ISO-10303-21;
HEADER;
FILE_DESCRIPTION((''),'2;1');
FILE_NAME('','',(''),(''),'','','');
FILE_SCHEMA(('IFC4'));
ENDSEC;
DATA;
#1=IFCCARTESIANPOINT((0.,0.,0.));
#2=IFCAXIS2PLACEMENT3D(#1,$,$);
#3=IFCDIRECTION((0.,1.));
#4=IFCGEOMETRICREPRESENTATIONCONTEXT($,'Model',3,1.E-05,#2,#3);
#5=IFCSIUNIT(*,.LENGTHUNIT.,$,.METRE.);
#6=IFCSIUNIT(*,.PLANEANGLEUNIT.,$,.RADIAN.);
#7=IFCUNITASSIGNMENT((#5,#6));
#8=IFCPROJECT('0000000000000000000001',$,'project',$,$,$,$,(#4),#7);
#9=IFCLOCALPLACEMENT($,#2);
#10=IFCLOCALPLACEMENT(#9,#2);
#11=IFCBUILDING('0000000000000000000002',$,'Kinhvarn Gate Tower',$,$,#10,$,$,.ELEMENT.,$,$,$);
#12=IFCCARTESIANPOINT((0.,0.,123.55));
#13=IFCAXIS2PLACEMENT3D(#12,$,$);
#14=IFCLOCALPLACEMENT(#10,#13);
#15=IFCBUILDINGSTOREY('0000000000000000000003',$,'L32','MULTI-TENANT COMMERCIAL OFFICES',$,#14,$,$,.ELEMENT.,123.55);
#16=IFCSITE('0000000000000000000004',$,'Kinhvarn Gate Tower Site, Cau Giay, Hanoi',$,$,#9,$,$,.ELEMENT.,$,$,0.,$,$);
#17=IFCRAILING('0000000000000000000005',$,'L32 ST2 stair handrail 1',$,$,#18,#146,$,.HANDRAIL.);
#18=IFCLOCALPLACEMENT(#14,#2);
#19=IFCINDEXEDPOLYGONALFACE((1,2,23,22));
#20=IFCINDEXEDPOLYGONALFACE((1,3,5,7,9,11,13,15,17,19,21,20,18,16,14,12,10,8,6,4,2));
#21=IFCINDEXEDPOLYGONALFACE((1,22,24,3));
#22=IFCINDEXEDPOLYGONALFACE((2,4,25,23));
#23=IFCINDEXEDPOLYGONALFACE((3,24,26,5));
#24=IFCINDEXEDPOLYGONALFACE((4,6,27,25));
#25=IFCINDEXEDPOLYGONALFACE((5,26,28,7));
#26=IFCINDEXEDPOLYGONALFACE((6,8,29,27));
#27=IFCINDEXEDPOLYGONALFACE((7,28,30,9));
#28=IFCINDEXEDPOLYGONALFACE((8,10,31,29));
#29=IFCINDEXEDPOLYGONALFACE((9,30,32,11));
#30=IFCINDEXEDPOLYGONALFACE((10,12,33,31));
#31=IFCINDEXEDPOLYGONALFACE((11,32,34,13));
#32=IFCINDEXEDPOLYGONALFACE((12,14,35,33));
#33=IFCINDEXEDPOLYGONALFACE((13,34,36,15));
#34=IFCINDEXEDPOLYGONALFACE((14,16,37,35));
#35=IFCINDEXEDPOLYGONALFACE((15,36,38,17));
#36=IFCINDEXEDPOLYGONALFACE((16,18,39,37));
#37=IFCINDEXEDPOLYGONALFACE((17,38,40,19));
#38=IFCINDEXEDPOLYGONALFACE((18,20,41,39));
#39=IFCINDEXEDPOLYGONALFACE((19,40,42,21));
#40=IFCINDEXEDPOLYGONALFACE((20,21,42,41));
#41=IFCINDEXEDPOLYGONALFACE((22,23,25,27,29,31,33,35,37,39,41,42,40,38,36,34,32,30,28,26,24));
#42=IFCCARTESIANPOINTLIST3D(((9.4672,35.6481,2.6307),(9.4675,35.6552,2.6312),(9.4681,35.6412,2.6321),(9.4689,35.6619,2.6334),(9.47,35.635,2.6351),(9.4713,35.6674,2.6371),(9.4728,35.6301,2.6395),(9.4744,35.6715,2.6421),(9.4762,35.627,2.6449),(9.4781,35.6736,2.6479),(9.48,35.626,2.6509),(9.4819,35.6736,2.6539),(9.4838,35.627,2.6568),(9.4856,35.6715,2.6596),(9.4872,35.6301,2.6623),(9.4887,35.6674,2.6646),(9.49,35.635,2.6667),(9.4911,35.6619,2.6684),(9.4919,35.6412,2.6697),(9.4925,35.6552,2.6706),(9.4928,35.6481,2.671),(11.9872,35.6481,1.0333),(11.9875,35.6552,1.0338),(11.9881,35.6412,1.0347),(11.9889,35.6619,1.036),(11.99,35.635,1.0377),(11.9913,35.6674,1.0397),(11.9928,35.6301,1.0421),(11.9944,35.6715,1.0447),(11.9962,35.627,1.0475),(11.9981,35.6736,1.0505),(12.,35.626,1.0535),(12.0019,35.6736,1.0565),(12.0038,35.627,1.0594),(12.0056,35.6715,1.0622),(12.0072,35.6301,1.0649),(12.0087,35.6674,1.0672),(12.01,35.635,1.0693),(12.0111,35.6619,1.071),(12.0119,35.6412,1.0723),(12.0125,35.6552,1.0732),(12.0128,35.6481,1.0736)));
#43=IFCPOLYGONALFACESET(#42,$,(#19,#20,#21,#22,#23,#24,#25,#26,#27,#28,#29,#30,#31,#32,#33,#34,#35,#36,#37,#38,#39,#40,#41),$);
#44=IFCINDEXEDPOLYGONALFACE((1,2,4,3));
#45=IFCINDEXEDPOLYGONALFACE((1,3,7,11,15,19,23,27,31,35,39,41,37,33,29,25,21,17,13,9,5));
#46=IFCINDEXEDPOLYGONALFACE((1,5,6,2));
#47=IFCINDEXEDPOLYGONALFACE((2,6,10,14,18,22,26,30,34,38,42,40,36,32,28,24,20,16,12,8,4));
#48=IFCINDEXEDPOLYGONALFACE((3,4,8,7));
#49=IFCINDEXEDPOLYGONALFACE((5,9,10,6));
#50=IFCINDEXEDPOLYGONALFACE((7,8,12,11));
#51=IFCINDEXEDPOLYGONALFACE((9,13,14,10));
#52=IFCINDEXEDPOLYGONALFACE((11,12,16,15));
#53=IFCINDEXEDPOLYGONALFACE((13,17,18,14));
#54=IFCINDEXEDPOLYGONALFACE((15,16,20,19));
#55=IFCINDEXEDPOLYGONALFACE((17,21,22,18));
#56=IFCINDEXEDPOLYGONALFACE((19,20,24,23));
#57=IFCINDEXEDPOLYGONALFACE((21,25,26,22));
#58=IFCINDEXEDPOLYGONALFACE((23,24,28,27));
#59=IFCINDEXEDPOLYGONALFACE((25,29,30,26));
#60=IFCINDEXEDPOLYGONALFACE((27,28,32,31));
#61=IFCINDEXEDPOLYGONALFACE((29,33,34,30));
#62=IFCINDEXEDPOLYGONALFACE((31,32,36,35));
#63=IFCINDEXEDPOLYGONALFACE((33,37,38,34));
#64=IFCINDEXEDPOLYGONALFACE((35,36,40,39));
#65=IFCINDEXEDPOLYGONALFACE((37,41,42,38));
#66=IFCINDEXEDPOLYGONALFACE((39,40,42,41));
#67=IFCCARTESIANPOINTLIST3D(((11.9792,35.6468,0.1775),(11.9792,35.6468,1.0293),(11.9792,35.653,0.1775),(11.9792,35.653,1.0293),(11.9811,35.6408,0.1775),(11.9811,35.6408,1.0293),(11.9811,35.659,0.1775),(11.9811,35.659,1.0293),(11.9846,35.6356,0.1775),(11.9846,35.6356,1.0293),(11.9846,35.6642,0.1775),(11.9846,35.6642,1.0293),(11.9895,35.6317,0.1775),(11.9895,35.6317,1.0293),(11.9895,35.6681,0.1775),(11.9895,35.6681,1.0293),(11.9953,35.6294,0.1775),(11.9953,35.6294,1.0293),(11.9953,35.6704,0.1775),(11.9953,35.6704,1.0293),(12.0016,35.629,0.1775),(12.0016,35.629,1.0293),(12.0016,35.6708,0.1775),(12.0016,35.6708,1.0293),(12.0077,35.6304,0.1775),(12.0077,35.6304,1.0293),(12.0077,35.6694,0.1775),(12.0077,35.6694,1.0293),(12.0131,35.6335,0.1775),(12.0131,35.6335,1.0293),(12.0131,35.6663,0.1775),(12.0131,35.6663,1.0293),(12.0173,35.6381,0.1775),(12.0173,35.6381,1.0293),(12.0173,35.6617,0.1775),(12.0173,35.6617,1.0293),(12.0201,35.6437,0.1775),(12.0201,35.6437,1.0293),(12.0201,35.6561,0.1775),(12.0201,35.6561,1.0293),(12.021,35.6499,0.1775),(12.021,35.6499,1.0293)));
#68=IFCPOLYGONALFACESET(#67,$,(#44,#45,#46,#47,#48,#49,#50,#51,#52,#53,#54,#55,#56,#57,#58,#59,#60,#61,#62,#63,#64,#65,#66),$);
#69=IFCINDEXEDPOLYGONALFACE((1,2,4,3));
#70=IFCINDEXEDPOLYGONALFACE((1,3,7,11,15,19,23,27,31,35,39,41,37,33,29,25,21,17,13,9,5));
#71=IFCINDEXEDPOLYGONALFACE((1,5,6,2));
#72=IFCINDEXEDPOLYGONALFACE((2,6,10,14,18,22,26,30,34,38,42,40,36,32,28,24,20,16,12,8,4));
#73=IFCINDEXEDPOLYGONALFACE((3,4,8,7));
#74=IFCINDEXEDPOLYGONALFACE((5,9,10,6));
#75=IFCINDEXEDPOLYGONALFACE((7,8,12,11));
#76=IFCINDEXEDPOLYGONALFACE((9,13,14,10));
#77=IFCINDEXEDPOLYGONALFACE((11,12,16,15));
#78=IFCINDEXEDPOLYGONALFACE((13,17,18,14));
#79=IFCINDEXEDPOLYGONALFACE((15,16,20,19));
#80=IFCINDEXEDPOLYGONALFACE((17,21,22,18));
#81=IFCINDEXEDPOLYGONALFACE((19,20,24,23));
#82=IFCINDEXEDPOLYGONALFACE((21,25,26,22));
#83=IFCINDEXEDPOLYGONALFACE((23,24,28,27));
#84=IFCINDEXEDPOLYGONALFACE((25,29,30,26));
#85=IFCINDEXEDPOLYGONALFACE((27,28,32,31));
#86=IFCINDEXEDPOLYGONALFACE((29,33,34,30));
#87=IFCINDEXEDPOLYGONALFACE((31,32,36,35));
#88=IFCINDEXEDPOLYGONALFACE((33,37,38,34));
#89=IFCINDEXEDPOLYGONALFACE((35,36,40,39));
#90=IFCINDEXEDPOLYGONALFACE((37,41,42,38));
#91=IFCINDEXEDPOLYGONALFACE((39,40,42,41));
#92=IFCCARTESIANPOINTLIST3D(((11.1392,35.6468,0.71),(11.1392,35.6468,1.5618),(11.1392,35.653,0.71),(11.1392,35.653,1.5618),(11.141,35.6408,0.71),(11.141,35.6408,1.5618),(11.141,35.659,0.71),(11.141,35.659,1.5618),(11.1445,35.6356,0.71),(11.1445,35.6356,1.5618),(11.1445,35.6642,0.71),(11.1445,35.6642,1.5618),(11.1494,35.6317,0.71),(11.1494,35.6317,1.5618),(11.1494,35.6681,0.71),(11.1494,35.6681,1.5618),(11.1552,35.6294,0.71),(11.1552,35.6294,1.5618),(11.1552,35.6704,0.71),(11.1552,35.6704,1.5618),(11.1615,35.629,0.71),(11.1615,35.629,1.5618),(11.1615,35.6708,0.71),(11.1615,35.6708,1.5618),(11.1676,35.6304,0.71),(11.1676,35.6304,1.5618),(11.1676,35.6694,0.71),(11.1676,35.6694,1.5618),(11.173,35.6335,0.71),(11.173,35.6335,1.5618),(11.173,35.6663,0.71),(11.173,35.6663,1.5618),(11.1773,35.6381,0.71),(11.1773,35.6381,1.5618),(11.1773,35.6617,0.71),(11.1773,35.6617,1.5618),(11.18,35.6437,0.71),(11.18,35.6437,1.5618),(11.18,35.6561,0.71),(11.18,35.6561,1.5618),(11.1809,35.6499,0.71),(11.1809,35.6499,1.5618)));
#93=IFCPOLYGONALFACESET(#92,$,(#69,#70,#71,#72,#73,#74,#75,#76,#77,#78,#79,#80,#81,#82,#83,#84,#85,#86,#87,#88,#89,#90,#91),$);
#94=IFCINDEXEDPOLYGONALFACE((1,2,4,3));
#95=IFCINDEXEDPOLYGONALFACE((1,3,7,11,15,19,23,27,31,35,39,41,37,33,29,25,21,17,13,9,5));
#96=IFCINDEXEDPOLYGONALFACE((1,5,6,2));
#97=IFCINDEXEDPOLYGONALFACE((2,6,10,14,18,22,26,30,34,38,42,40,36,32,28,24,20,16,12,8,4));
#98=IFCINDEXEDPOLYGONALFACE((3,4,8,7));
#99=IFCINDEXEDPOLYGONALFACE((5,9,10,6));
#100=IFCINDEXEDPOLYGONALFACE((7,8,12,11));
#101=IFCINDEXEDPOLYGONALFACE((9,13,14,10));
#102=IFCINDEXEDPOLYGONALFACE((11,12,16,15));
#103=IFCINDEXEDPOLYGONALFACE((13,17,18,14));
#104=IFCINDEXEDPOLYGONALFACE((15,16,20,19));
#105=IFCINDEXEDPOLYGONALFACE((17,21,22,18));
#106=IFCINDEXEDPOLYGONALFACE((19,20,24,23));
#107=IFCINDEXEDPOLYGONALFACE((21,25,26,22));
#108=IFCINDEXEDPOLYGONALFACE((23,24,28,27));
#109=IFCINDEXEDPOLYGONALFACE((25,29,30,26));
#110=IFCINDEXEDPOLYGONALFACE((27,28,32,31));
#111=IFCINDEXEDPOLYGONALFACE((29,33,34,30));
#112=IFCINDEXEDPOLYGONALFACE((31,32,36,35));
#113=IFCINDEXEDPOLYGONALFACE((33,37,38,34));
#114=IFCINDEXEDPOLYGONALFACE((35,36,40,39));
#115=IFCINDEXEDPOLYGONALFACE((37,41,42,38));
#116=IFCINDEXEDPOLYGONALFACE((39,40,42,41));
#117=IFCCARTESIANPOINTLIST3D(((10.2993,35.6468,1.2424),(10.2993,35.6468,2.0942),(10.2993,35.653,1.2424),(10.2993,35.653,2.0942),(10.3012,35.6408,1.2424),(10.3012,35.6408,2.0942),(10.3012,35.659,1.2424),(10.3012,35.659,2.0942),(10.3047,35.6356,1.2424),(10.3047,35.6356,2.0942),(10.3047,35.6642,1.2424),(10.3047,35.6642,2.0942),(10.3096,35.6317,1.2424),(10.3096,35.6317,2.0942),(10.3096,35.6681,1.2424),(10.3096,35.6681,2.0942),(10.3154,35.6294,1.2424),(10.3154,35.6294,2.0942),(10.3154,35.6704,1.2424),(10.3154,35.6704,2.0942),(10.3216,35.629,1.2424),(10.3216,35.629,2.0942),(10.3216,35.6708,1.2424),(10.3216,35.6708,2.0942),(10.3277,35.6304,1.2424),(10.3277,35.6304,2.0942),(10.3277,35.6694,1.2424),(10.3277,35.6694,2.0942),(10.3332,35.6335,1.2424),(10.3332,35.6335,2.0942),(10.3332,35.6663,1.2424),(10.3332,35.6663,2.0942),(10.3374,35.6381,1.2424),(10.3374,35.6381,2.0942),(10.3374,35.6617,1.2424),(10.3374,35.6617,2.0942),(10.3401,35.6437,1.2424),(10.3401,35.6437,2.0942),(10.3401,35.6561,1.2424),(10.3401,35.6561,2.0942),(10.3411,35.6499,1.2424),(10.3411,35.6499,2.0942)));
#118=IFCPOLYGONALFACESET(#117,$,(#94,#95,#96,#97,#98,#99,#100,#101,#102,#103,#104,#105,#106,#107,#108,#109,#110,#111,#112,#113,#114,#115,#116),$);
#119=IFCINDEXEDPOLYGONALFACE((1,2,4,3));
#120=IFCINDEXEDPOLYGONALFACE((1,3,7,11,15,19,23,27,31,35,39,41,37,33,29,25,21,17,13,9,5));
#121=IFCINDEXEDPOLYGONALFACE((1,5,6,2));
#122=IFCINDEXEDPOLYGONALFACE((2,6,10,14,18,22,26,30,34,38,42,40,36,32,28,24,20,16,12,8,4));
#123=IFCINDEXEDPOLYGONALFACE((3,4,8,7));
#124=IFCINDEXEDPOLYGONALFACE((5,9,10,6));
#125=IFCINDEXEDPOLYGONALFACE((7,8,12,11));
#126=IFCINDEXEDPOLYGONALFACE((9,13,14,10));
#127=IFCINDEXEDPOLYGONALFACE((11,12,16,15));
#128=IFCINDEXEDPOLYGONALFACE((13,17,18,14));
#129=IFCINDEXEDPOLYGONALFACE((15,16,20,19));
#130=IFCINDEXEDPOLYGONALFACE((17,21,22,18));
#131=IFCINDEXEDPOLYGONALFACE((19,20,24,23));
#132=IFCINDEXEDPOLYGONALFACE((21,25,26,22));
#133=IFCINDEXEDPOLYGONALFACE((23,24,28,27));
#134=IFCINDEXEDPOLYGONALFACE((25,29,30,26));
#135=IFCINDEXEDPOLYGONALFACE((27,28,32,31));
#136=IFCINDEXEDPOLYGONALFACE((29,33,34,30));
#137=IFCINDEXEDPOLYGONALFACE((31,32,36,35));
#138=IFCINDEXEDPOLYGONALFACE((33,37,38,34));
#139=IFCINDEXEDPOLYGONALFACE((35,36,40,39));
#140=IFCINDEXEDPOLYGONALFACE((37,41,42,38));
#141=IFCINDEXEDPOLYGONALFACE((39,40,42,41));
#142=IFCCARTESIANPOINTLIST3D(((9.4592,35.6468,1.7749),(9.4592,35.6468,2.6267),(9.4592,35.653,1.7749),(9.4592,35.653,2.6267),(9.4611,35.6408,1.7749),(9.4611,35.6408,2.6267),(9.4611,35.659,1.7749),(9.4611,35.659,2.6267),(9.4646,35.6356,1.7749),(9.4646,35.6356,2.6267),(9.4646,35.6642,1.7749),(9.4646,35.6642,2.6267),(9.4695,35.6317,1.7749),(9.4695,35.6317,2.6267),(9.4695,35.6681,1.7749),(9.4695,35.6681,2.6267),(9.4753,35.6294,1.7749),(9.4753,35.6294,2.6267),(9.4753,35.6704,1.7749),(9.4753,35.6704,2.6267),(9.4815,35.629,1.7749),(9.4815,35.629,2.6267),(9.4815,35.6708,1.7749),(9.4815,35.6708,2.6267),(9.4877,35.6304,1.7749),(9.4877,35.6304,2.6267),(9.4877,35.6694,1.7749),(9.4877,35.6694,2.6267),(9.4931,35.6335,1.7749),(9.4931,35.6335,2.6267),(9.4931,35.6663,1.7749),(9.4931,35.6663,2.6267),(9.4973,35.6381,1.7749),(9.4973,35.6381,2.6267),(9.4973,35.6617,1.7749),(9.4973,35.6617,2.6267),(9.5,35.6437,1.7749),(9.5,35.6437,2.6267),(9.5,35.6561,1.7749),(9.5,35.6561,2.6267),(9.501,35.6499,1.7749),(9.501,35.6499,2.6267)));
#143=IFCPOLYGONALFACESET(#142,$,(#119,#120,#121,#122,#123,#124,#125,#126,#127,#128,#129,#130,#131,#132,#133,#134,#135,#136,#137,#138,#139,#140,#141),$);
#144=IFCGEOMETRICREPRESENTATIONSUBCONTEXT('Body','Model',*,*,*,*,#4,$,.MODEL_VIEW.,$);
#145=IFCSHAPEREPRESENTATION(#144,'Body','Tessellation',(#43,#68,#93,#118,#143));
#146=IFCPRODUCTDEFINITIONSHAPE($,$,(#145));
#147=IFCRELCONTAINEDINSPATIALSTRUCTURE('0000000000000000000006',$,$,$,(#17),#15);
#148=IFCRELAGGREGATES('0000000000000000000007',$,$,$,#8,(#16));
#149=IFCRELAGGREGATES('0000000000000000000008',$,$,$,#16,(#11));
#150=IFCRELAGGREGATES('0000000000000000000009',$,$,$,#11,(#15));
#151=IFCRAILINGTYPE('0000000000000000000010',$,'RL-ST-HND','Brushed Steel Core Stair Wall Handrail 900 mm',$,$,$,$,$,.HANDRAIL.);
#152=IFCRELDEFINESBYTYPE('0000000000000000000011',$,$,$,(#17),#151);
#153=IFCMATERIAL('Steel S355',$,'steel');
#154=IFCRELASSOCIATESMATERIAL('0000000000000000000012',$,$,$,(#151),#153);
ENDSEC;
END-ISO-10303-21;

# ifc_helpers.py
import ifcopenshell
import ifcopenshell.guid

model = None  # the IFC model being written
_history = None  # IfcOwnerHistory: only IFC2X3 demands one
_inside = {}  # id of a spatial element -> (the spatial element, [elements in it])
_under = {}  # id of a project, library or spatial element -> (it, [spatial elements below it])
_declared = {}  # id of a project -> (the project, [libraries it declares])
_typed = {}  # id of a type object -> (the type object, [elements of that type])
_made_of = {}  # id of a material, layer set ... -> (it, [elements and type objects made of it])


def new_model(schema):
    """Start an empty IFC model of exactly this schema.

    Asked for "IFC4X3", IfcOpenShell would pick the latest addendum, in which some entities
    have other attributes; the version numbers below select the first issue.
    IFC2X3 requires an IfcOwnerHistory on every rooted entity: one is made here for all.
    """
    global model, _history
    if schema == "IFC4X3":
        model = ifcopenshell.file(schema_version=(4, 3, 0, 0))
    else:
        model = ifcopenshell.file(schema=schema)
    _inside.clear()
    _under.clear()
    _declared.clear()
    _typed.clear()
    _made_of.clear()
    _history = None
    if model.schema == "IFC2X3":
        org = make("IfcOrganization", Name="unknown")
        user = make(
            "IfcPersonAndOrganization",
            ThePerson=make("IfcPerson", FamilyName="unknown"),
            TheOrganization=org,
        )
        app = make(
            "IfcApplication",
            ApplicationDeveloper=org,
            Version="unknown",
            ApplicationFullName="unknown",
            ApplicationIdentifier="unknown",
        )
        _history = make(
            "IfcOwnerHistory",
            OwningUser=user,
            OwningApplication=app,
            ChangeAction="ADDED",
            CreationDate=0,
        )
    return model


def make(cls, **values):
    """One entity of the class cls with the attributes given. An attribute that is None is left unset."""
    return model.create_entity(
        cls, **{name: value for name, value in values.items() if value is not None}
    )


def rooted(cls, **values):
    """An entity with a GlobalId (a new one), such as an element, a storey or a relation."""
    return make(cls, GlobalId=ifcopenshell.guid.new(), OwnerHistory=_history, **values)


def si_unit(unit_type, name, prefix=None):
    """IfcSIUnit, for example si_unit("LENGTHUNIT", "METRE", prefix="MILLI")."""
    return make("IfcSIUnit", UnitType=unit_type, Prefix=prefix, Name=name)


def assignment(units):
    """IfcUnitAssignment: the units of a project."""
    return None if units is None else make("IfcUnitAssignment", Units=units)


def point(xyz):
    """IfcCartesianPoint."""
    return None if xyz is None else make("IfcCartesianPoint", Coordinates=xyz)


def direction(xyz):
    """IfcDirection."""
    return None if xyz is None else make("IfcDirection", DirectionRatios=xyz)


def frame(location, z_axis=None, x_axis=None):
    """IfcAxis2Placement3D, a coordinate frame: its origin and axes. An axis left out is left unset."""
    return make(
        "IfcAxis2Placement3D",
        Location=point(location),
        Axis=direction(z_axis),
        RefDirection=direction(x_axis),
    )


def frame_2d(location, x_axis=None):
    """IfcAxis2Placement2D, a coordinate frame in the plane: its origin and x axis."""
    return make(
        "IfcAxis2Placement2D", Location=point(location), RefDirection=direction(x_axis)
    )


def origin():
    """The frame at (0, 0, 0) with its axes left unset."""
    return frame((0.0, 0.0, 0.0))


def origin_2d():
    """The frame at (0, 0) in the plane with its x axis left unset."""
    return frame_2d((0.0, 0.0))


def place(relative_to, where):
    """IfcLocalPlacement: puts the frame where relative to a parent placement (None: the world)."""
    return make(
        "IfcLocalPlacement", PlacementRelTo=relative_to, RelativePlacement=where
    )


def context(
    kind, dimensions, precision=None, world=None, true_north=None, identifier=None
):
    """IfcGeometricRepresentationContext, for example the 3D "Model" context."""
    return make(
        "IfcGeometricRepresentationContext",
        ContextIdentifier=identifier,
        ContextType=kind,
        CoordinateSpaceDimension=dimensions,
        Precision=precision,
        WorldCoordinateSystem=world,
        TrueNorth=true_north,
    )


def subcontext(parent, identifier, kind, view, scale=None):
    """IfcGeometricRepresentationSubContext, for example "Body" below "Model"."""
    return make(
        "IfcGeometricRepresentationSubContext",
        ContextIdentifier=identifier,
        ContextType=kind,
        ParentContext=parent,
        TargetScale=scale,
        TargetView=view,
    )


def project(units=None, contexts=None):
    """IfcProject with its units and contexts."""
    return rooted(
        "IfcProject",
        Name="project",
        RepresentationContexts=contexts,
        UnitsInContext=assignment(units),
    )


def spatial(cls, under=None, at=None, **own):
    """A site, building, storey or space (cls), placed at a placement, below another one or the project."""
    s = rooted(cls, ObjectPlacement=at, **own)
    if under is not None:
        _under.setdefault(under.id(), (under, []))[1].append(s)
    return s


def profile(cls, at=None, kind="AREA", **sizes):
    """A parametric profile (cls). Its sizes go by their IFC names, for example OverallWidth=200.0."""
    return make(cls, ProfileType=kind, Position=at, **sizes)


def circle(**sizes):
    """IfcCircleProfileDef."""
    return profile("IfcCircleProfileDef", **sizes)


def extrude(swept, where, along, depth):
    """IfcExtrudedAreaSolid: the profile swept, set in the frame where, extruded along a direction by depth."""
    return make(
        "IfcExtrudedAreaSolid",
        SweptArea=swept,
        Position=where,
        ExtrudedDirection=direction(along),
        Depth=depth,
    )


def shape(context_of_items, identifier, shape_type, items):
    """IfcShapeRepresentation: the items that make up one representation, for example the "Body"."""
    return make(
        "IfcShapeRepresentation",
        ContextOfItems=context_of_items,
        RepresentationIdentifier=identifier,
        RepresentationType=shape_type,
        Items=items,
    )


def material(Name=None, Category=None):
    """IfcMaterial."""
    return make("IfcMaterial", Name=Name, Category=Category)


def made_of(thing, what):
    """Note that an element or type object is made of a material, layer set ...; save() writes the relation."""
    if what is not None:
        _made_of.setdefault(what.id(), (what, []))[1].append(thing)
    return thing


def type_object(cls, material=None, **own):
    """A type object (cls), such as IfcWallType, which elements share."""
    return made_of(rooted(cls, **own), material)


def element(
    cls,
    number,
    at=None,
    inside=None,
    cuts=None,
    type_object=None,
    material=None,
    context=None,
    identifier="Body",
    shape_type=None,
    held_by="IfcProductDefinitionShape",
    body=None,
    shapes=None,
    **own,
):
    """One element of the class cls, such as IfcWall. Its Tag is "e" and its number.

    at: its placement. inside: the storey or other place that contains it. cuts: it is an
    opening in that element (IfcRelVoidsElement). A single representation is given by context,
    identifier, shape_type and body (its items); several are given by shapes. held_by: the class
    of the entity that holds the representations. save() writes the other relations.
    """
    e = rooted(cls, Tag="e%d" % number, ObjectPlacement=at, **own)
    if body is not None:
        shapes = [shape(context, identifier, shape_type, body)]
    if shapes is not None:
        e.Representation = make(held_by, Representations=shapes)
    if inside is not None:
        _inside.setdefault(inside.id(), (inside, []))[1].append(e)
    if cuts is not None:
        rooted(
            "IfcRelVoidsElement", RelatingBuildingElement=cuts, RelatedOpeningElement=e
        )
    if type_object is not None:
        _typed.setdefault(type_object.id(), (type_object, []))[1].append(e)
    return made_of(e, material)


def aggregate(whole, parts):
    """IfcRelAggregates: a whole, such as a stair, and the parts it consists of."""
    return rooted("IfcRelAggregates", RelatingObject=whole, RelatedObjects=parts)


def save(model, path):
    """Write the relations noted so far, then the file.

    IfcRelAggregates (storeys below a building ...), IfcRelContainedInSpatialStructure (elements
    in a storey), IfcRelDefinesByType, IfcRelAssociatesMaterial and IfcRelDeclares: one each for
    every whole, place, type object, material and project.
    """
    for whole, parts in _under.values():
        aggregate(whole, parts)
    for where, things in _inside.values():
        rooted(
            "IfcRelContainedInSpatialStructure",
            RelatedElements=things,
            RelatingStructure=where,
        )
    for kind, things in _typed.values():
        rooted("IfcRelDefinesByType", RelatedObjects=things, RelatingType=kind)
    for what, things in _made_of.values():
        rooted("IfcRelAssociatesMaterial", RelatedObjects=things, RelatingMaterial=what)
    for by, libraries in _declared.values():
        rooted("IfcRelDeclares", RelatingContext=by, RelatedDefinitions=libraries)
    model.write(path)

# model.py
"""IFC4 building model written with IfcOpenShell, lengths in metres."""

from ifc_helpers import new_model, si_unit, direction, frame, origin, origin_2d, place, context, subcontext, project, spatial, circle, extrude, material, type_object, element, save


model = new_model("IFC4")

# Units and contexts
model_context = context("Model", 3, precision=1e-05, world=origin(), true_north=direction((0.0, 1.0)))
body_context = subcontext(model_context, "Body", "Model", "MODEL_VIEW")
ifc_project = project(units=[si_unit("LENGTHUNIT", "METRE"), si_unit("PLANEANGLEUNIT", "RADIAN")], contexts=[model_context])

# Site, building, storey
site_placement = place(None, origin())
site = spatial("IfcSite", under=ifc_project, at=site_placement, Name="Kinhvarn Gate Tower Site, Cau Giay, Hanoi", CompositionType="ELEMENT", RefElevation=0.0)
building_placement = place(site_placement, origin())
building = spatial("IfcBuilding", under=site, at=building_placement, Name="Kinhvarn Gate Tower", CompositionType="ELEMENT")
storey_placement = place(building_placement, frame((0.0, 0.0, 123.55)))
storey = spatial("IfcBuildingStorey", under=building, at=storey_placement, Name="L32", Description="MULTI-TENANT COMMERCIAL OFFICES", CompositionType="ELEMENT", Elevation=123.55)

# Shared definitions
ifc_material_1 = material(Name="Steel S355", Category="steel")

# Railing
railing_type_1 = type_object("IfcRailingType", Name="RL-ST-HND", Description="Brushed Steel Core Stair Wall Handrail 900 mm", PredefinedType="HANDRAIL", material=ifc_material_1)
railing_1_placement = place(storey_placement, frame((12.0, 35.6499, 0.1775)))
element("IfcRailing", 1, at=railing_1_placement, inside=storey, type_object=railing_type_1, Name="L32 ST2 stair handrail 1", PredefinedType="HANDRAIL", context=body_context, shape_type="SweptSolid", body=[
    extrude(circle(Radius=0.0239, at=origin_2d()), frame((0.0, 0.0, 0.876), z_axis=(-0.844607, 0.0, 0.535387), x_axis=(0.0, -1.0, 0.0)), (0.0, 0.0, 1.0), 2.9836),
    extrude(circle(Radius=0.021, at=origin_2d()), origin(), (0.0, 0.0, 1.0), 0.8518),
    extrude(circle(Radius=0.021, at=origin_2d()), frame((-0.8401, 0.0, 0.5325)), (0.0, 0.0, 1.0), 0.8518),
    extrude(circle(Radius=0.021, at=origin_2d()), frame((-1.6799, 0.0, 1.0649)), (0.0, 0.0, 1.0), 0.8518),
    extrude(circle(Radius=0.021, at=origin_2d()), frame((-2.52, 0.0, 1.5974)), (0.0, 0.0, 1.0), 0.8518),
])

save(model, "model.ifc")
